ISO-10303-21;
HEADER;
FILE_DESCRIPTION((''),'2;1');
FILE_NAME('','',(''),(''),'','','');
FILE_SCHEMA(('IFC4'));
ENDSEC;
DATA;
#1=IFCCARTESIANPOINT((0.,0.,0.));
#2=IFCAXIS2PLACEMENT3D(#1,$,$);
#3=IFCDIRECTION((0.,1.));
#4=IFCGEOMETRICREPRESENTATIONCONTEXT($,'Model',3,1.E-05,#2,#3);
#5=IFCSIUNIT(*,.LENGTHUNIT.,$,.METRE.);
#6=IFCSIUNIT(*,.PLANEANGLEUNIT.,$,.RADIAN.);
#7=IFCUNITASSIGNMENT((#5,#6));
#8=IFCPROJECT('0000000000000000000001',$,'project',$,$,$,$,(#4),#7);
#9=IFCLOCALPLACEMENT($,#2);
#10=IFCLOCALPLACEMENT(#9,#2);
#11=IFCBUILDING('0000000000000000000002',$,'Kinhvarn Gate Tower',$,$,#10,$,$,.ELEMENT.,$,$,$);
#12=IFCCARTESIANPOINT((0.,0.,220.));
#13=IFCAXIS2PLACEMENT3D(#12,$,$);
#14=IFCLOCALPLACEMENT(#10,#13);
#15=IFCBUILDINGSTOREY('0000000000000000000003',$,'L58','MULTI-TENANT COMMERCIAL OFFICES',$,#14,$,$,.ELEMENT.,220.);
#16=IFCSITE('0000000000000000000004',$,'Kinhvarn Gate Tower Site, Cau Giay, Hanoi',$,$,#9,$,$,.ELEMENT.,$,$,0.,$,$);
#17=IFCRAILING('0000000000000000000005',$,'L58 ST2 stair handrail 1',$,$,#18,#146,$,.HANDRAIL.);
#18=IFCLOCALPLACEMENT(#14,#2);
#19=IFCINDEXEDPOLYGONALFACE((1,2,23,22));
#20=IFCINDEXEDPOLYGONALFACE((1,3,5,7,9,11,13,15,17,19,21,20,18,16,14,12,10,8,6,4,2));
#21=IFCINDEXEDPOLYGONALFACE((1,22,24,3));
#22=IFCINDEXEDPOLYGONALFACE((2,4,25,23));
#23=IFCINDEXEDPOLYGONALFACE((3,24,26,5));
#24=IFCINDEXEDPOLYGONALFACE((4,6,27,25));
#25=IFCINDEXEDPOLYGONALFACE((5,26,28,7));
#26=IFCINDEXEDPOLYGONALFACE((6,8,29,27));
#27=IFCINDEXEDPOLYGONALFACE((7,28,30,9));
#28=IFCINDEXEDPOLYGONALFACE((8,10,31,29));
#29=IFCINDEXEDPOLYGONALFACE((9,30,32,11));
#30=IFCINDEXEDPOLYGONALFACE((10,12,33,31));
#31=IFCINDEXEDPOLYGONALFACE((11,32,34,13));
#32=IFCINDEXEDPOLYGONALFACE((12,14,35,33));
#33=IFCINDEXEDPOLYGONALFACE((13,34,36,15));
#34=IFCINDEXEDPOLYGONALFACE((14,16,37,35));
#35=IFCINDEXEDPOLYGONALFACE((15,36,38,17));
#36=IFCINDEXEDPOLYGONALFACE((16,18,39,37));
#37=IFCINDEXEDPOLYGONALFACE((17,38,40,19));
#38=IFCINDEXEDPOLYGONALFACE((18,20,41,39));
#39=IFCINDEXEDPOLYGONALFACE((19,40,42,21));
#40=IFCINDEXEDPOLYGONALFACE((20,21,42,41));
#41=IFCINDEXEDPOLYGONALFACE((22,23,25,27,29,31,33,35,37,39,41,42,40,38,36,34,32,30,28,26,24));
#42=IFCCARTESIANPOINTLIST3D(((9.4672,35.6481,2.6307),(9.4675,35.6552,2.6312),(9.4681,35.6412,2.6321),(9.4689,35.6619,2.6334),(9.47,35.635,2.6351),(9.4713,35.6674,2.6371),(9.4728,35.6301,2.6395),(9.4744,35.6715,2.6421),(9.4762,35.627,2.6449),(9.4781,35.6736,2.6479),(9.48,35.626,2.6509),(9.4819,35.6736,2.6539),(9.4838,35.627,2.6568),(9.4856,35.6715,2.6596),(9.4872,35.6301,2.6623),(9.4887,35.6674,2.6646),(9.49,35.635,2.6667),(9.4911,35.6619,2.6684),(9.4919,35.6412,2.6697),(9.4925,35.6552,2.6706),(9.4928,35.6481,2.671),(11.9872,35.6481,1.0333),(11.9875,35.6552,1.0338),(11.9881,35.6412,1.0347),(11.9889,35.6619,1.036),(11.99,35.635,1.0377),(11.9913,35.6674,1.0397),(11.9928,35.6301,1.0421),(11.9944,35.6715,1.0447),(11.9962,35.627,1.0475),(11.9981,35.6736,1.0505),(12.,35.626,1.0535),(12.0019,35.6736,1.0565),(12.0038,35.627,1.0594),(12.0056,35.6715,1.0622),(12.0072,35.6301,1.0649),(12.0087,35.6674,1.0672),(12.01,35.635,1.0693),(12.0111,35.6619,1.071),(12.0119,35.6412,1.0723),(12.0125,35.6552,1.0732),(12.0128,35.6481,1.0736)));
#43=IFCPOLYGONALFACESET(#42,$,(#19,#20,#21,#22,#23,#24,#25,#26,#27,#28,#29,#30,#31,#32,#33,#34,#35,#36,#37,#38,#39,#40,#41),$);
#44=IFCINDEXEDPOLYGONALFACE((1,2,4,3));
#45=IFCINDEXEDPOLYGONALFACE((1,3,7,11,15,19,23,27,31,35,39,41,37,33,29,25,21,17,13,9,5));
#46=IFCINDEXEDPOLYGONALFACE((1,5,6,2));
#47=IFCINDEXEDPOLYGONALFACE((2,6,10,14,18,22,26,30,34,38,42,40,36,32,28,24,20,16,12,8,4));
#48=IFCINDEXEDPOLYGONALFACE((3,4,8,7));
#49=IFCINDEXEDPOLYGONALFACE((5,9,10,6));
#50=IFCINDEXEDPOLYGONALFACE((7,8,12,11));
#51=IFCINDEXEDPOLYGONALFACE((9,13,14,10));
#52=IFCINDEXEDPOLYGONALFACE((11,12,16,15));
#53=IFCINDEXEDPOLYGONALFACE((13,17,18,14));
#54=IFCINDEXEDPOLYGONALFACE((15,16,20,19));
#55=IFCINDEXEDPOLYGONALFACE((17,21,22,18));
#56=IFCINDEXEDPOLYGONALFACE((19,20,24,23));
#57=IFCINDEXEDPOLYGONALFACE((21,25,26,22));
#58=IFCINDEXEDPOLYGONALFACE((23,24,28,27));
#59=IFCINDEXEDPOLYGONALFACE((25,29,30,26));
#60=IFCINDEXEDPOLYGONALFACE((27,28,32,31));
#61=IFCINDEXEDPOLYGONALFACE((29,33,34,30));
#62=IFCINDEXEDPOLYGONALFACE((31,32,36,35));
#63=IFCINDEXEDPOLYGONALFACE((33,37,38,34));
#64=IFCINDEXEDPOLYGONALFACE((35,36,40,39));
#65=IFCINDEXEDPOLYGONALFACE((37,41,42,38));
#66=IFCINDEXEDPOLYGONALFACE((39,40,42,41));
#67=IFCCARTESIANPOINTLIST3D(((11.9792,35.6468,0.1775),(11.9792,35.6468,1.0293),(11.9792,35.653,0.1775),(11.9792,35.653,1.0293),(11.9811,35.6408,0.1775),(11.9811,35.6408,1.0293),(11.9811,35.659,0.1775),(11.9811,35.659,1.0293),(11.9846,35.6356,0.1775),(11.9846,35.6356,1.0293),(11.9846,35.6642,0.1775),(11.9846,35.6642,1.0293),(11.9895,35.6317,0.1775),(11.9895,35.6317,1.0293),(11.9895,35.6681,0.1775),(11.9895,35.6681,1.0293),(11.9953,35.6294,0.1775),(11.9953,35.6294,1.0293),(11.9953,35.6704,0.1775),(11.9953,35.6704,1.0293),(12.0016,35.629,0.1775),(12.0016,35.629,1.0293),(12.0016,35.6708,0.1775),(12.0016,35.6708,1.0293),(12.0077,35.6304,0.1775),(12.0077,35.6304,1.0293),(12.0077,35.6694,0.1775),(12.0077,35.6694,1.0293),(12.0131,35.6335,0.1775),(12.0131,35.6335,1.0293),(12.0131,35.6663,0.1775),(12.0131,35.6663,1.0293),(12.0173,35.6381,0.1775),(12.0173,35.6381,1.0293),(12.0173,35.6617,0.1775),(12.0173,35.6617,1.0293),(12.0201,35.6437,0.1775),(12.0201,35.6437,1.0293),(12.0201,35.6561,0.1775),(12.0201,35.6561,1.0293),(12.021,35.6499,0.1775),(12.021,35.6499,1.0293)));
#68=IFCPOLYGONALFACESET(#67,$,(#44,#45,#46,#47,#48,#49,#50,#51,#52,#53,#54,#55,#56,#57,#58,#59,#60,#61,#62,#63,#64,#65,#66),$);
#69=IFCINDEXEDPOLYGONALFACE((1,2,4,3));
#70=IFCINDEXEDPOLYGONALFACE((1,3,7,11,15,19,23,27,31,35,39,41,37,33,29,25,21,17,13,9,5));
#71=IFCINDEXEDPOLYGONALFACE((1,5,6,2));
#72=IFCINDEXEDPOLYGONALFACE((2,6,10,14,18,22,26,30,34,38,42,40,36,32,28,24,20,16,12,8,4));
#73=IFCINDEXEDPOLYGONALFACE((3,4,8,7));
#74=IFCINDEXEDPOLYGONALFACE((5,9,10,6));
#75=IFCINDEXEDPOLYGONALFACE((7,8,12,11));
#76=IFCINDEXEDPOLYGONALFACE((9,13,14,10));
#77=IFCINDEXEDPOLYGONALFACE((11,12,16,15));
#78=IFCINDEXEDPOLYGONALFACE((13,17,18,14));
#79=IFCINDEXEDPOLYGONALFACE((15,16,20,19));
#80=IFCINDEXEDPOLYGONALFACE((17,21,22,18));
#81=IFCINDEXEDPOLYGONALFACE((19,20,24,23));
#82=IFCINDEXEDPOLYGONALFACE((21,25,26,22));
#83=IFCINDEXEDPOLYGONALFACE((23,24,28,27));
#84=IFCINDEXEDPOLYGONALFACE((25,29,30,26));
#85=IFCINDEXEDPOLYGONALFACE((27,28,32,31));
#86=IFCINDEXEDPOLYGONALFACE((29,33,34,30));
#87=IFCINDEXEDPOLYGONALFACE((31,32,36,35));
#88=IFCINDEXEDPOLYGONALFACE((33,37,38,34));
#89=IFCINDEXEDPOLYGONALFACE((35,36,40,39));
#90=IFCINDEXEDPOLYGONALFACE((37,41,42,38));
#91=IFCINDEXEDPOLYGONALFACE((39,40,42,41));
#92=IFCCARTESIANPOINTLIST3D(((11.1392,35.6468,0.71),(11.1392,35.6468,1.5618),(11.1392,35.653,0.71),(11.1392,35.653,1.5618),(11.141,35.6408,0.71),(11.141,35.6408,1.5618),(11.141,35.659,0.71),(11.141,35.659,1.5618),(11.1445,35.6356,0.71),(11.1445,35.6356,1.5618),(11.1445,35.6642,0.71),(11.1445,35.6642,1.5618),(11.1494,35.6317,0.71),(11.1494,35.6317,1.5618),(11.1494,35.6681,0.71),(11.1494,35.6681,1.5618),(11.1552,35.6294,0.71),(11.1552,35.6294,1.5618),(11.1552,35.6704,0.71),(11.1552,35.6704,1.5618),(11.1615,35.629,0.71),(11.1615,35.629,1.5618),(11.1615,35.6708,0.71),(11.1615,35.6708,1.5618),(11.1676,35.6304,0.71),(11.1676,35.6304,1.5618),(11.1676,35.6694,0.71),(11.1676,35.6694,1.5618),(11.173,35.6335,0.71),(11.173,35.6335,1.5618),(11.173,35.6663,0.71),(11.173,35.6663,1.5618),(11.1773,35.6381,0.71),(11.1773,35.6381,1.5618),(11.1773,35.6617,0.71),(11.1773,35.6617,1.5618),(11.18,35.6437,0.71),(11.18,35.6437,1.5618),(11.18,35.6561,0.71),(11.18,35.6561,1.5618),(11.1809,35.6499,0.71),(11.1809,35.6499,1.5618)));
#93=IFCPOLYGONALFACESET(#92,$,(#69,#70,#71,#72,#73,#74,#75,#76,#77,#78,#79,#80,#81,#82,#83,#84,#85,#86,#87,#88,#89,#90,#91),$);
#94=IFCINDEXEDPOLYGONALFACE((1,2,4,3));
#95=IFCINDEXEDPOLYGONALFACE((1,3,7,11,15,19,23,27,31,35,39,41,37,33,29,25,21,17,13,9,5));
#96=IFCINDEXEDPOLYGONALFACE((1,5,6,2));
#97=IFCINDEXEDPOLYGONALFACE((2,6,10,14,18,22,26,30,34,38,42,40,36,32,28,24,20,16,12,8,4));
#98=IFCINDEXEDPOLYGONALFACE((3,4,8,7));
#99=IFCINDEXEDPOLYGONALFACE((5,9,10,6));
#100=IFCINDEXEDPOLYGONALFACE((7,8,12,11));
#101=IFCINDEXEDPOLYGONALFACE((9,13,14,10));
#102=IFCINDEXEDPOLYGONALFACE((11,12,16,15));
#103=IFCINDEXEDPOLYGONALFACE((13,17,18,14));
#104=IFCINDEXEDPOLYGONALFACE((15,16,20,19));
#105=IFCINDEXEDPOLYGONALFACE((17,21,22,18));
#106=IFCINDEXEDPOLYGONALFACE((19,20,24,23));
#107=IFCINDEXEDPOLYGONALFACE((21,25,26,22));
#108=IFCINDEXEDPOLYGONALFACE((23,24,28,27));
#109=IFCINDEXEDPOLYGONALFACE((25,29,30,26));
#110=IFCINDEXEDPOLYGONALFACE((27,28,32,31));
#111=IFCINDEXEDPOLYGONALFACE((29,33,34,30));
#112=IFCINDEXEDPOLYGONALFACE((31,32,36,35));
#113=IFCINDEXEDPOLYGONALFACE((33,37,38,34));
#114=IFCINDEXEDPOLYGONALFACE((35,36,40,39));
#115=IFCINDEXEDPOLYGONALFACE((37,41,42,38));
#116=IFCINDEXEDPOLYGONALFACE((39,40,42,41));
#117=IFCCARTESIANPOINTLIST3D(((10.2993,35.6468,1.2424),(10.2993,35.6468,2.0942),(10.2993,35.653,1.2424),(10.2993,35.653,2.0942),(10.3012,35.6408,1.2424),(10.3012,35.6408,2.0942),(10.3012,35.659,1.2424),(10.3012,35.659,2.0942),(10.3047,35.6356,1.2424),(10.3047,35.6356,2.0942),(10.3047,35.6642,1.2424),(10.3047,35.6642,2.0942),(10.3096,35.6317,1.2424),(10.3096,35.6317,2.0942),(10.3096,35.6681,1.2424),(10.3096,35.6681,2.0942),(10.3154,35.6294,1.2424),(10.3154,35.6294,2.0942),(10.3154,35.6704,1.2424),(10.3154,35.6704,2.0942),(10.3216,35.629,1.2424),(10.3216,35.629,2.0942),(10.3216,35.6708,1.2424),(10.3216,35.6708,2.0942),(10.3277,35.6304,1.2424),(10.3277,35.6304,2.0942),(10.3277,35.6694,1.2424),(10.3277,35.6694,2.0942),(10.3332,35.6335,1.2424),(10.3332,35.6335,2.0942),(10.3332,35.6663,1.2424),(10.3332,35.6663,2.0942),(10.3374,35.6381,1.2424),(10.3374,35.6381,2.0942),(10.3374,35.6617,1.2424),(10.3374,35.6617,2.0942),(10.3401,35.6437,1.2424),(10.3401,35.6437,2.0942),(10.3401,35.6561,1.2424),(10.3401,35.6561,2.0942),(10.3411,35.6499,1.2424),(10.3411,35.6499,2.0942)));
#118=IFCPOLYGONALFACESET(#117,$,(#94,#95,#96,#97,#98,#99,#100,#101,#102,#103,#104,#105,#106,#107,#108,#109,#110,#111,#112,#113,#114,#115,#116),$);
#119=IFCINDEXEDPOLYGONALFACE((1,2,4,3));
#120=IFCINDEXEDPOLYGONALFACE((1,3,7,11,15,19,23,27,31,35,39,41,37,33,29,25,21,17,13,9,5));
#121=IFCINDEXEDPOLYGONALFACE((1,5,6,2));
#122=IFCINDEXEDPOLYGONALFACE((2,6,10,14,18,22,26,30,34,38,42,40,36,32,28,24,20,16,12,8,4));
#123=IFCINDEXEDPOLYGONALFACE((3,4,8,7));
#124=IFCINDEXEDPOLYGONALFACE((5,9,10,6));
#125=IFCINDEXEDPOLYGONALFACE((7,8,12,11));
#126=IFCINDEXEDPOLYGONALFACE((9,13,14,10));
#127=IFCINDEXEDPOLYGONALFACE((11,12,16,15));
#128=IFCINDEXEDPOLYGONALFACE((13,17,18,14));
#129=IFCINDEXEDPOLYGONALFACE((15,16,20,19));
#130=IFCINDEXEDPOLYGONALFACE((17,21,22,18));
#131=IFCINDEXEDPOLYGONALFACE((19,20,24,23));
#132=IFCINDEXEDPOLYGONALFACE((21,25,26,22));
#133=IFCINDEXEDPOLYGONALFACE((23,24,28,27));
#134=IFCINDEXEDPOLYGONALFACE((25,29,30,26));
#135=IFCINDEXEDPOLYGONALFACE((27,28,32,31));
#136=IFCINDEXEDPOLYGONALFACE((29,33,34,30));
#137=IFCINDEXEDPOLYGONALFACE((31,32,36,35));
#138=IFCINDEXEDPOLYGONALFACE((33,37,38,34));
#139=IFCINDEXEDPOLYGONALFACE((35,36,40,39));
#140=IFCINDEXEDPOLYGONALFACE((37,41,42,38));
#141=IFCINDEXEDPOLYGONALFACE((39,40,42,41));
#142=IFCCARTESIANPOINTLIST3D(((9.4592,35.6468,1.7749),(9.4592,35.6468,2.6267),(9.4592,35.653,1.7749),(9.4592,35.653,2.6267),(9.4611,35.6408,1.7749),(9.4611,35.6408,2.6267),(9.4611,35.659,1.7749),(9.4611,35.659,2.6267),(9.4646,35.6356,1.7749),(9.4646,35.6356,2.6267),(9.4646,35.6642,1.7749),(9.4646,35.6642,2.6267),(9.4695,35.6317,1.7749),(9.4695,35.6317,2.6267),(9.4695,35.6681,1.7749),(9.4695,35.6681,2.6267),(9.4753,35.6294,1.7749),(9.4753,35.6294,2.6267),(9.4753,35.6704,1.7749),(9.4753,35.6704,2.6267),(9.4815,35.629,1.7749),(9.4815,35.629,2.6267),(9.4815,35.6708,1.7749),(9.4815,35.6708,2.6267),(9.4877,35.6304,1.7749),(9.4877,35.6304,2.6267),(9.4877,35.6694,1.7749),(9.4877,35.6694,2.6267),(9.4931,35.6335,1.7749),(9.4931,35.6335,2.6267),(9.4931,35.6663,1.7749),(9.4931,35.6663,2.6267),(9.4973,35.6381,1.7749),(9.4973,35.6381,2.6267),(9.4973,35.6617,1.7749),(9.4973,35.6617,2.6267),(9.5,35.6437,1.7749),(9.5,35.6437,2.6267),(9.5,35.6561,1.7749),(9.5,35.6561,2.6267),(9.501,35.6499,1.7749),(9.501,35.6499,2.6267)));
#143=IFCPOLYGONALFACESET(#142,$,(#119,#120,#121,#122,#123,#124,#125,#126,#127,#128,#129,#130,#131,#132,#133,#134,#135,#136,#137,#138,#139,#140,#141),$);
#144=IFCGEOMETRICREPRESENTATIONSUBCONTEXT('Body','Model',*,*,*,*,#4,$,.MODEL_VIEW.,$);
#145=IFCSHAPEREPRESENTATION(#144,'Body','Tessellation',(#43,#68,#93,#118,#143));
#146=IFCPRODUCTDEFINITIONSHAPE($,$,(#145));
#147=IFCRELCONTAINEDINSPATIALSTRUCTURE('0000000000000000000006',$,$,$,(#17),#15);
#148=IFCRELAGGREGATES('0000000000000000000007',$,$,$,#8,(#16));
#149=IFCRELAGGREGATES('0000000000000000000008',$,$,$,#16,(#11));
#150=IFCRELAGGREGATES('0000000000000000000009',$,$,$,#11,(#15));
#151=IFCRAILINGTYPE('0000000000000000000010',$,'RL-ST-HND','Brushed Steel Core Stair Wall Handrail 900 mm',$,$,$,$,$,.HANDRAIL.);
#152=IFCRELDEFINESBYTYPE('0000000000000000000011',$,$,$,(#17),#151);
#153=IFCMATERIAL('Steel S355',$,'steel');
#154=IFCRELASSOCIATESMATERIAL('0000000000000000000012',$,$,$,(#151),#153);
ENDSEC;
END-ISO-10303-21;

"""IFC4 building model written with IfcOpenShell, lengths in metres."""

from ifc_helpers import new_model, si_unit, direction, frame, origin, origin_2d, place, context, subcontext, project, spatial, circle, extrude, material, type_object, element, save


model = new_model("IFC4")

# Units and contexts
model_context = context("Model", 3, precision=1e-05, world=origin(), true_north=direction((0.0, 1.0)))
body_context = subcontext(model_context, "Body", "Model", "MODEL_VIEW")
ifc_project = project(units=[si_unit("LENGTHUNIT", "METRE"), si_unit("PLANEANGLEUNIT", "RADIAN")], contexts=[model_context])

# Site, building, storey
site_placement = place(None, origin())
site = spatial("IfcSite", under=ifc_project, at=site_placement, Name="Kinhvarn Gate Tower Site, Cau Giay, Hanoi", CompositionType="ELEMENT", RefElevation=0.0)
building_placement = place(site_placement, origin())
building = spatial("IfcBuilding", under=site, at=building_placement, Name="Kinhvarn Gate Tower", CompositionType="ELEMENT")
storey_placement = place(building_placement, frame((0.0, 0.0, 220.0)))
storey = spatial("IfcBuildingStorey", under=building, at=storey_placement, Name="L58", Description="MULTI-TENANT COMMERCIAL OFFICES", CompositionType="ELEMENT", Elevation=220.0)

# Shared definitions
ifc_material_1 = material(Name="Steel S355", Category="steel")

# Railing
railing_type_1 = type_object("IfcRailingType", Name="RL-ST-HND", Description="Brushed Steel Core Stair Wall Handrail 900 mm", PredefinedType="HANDRAIL", material=ifc_material_1)
railing_1_placement = place(storey_placement, frame((12.0, 35.6499, 0.1775)))
element("IfcRailing", 1, at=railing_1_placement, inside=storey, type_object=railing_type_1, Name="L58 ST2 stair handrail 1", PredefinedType="HANDRAIL", context=body_context, shape_type="SweptSolid", body=[
    extrude(circle(Radius=0.0239, at=origin_2d()), frame((0.0, 0.0, 0.876), z_axis=(-0.844607, 0.0, 0.535387), x_axis=(0.0, -1.0, 0.0)), (0.0, 0.0, 1.0), 2.9836),
    extrude(circle(Radius=0.021, at=origin_2d()), origin(), (0.0, 0.0, 1.0), 0.8518),
    extrude(circle(Radius=0.021, at=origin_2d()), frame((-0.8401, 0.0, 0.5325)), (0.0, 0.0, 1.0), 0.8518),
    extrude(circle(Radius=0.021, at=origin_2d()), frame((-1.6799, 0.0, 1.0649)), (0.0, 0.0, 1.0), 0.8518),
    extrude(circle(Radius=0.021, at=origin_2d()), frame((-2.52, 0.0, 1.5974)), (0.0, 0.0, 1.0), 0.8518),
])

save(model, "model.ifc")
